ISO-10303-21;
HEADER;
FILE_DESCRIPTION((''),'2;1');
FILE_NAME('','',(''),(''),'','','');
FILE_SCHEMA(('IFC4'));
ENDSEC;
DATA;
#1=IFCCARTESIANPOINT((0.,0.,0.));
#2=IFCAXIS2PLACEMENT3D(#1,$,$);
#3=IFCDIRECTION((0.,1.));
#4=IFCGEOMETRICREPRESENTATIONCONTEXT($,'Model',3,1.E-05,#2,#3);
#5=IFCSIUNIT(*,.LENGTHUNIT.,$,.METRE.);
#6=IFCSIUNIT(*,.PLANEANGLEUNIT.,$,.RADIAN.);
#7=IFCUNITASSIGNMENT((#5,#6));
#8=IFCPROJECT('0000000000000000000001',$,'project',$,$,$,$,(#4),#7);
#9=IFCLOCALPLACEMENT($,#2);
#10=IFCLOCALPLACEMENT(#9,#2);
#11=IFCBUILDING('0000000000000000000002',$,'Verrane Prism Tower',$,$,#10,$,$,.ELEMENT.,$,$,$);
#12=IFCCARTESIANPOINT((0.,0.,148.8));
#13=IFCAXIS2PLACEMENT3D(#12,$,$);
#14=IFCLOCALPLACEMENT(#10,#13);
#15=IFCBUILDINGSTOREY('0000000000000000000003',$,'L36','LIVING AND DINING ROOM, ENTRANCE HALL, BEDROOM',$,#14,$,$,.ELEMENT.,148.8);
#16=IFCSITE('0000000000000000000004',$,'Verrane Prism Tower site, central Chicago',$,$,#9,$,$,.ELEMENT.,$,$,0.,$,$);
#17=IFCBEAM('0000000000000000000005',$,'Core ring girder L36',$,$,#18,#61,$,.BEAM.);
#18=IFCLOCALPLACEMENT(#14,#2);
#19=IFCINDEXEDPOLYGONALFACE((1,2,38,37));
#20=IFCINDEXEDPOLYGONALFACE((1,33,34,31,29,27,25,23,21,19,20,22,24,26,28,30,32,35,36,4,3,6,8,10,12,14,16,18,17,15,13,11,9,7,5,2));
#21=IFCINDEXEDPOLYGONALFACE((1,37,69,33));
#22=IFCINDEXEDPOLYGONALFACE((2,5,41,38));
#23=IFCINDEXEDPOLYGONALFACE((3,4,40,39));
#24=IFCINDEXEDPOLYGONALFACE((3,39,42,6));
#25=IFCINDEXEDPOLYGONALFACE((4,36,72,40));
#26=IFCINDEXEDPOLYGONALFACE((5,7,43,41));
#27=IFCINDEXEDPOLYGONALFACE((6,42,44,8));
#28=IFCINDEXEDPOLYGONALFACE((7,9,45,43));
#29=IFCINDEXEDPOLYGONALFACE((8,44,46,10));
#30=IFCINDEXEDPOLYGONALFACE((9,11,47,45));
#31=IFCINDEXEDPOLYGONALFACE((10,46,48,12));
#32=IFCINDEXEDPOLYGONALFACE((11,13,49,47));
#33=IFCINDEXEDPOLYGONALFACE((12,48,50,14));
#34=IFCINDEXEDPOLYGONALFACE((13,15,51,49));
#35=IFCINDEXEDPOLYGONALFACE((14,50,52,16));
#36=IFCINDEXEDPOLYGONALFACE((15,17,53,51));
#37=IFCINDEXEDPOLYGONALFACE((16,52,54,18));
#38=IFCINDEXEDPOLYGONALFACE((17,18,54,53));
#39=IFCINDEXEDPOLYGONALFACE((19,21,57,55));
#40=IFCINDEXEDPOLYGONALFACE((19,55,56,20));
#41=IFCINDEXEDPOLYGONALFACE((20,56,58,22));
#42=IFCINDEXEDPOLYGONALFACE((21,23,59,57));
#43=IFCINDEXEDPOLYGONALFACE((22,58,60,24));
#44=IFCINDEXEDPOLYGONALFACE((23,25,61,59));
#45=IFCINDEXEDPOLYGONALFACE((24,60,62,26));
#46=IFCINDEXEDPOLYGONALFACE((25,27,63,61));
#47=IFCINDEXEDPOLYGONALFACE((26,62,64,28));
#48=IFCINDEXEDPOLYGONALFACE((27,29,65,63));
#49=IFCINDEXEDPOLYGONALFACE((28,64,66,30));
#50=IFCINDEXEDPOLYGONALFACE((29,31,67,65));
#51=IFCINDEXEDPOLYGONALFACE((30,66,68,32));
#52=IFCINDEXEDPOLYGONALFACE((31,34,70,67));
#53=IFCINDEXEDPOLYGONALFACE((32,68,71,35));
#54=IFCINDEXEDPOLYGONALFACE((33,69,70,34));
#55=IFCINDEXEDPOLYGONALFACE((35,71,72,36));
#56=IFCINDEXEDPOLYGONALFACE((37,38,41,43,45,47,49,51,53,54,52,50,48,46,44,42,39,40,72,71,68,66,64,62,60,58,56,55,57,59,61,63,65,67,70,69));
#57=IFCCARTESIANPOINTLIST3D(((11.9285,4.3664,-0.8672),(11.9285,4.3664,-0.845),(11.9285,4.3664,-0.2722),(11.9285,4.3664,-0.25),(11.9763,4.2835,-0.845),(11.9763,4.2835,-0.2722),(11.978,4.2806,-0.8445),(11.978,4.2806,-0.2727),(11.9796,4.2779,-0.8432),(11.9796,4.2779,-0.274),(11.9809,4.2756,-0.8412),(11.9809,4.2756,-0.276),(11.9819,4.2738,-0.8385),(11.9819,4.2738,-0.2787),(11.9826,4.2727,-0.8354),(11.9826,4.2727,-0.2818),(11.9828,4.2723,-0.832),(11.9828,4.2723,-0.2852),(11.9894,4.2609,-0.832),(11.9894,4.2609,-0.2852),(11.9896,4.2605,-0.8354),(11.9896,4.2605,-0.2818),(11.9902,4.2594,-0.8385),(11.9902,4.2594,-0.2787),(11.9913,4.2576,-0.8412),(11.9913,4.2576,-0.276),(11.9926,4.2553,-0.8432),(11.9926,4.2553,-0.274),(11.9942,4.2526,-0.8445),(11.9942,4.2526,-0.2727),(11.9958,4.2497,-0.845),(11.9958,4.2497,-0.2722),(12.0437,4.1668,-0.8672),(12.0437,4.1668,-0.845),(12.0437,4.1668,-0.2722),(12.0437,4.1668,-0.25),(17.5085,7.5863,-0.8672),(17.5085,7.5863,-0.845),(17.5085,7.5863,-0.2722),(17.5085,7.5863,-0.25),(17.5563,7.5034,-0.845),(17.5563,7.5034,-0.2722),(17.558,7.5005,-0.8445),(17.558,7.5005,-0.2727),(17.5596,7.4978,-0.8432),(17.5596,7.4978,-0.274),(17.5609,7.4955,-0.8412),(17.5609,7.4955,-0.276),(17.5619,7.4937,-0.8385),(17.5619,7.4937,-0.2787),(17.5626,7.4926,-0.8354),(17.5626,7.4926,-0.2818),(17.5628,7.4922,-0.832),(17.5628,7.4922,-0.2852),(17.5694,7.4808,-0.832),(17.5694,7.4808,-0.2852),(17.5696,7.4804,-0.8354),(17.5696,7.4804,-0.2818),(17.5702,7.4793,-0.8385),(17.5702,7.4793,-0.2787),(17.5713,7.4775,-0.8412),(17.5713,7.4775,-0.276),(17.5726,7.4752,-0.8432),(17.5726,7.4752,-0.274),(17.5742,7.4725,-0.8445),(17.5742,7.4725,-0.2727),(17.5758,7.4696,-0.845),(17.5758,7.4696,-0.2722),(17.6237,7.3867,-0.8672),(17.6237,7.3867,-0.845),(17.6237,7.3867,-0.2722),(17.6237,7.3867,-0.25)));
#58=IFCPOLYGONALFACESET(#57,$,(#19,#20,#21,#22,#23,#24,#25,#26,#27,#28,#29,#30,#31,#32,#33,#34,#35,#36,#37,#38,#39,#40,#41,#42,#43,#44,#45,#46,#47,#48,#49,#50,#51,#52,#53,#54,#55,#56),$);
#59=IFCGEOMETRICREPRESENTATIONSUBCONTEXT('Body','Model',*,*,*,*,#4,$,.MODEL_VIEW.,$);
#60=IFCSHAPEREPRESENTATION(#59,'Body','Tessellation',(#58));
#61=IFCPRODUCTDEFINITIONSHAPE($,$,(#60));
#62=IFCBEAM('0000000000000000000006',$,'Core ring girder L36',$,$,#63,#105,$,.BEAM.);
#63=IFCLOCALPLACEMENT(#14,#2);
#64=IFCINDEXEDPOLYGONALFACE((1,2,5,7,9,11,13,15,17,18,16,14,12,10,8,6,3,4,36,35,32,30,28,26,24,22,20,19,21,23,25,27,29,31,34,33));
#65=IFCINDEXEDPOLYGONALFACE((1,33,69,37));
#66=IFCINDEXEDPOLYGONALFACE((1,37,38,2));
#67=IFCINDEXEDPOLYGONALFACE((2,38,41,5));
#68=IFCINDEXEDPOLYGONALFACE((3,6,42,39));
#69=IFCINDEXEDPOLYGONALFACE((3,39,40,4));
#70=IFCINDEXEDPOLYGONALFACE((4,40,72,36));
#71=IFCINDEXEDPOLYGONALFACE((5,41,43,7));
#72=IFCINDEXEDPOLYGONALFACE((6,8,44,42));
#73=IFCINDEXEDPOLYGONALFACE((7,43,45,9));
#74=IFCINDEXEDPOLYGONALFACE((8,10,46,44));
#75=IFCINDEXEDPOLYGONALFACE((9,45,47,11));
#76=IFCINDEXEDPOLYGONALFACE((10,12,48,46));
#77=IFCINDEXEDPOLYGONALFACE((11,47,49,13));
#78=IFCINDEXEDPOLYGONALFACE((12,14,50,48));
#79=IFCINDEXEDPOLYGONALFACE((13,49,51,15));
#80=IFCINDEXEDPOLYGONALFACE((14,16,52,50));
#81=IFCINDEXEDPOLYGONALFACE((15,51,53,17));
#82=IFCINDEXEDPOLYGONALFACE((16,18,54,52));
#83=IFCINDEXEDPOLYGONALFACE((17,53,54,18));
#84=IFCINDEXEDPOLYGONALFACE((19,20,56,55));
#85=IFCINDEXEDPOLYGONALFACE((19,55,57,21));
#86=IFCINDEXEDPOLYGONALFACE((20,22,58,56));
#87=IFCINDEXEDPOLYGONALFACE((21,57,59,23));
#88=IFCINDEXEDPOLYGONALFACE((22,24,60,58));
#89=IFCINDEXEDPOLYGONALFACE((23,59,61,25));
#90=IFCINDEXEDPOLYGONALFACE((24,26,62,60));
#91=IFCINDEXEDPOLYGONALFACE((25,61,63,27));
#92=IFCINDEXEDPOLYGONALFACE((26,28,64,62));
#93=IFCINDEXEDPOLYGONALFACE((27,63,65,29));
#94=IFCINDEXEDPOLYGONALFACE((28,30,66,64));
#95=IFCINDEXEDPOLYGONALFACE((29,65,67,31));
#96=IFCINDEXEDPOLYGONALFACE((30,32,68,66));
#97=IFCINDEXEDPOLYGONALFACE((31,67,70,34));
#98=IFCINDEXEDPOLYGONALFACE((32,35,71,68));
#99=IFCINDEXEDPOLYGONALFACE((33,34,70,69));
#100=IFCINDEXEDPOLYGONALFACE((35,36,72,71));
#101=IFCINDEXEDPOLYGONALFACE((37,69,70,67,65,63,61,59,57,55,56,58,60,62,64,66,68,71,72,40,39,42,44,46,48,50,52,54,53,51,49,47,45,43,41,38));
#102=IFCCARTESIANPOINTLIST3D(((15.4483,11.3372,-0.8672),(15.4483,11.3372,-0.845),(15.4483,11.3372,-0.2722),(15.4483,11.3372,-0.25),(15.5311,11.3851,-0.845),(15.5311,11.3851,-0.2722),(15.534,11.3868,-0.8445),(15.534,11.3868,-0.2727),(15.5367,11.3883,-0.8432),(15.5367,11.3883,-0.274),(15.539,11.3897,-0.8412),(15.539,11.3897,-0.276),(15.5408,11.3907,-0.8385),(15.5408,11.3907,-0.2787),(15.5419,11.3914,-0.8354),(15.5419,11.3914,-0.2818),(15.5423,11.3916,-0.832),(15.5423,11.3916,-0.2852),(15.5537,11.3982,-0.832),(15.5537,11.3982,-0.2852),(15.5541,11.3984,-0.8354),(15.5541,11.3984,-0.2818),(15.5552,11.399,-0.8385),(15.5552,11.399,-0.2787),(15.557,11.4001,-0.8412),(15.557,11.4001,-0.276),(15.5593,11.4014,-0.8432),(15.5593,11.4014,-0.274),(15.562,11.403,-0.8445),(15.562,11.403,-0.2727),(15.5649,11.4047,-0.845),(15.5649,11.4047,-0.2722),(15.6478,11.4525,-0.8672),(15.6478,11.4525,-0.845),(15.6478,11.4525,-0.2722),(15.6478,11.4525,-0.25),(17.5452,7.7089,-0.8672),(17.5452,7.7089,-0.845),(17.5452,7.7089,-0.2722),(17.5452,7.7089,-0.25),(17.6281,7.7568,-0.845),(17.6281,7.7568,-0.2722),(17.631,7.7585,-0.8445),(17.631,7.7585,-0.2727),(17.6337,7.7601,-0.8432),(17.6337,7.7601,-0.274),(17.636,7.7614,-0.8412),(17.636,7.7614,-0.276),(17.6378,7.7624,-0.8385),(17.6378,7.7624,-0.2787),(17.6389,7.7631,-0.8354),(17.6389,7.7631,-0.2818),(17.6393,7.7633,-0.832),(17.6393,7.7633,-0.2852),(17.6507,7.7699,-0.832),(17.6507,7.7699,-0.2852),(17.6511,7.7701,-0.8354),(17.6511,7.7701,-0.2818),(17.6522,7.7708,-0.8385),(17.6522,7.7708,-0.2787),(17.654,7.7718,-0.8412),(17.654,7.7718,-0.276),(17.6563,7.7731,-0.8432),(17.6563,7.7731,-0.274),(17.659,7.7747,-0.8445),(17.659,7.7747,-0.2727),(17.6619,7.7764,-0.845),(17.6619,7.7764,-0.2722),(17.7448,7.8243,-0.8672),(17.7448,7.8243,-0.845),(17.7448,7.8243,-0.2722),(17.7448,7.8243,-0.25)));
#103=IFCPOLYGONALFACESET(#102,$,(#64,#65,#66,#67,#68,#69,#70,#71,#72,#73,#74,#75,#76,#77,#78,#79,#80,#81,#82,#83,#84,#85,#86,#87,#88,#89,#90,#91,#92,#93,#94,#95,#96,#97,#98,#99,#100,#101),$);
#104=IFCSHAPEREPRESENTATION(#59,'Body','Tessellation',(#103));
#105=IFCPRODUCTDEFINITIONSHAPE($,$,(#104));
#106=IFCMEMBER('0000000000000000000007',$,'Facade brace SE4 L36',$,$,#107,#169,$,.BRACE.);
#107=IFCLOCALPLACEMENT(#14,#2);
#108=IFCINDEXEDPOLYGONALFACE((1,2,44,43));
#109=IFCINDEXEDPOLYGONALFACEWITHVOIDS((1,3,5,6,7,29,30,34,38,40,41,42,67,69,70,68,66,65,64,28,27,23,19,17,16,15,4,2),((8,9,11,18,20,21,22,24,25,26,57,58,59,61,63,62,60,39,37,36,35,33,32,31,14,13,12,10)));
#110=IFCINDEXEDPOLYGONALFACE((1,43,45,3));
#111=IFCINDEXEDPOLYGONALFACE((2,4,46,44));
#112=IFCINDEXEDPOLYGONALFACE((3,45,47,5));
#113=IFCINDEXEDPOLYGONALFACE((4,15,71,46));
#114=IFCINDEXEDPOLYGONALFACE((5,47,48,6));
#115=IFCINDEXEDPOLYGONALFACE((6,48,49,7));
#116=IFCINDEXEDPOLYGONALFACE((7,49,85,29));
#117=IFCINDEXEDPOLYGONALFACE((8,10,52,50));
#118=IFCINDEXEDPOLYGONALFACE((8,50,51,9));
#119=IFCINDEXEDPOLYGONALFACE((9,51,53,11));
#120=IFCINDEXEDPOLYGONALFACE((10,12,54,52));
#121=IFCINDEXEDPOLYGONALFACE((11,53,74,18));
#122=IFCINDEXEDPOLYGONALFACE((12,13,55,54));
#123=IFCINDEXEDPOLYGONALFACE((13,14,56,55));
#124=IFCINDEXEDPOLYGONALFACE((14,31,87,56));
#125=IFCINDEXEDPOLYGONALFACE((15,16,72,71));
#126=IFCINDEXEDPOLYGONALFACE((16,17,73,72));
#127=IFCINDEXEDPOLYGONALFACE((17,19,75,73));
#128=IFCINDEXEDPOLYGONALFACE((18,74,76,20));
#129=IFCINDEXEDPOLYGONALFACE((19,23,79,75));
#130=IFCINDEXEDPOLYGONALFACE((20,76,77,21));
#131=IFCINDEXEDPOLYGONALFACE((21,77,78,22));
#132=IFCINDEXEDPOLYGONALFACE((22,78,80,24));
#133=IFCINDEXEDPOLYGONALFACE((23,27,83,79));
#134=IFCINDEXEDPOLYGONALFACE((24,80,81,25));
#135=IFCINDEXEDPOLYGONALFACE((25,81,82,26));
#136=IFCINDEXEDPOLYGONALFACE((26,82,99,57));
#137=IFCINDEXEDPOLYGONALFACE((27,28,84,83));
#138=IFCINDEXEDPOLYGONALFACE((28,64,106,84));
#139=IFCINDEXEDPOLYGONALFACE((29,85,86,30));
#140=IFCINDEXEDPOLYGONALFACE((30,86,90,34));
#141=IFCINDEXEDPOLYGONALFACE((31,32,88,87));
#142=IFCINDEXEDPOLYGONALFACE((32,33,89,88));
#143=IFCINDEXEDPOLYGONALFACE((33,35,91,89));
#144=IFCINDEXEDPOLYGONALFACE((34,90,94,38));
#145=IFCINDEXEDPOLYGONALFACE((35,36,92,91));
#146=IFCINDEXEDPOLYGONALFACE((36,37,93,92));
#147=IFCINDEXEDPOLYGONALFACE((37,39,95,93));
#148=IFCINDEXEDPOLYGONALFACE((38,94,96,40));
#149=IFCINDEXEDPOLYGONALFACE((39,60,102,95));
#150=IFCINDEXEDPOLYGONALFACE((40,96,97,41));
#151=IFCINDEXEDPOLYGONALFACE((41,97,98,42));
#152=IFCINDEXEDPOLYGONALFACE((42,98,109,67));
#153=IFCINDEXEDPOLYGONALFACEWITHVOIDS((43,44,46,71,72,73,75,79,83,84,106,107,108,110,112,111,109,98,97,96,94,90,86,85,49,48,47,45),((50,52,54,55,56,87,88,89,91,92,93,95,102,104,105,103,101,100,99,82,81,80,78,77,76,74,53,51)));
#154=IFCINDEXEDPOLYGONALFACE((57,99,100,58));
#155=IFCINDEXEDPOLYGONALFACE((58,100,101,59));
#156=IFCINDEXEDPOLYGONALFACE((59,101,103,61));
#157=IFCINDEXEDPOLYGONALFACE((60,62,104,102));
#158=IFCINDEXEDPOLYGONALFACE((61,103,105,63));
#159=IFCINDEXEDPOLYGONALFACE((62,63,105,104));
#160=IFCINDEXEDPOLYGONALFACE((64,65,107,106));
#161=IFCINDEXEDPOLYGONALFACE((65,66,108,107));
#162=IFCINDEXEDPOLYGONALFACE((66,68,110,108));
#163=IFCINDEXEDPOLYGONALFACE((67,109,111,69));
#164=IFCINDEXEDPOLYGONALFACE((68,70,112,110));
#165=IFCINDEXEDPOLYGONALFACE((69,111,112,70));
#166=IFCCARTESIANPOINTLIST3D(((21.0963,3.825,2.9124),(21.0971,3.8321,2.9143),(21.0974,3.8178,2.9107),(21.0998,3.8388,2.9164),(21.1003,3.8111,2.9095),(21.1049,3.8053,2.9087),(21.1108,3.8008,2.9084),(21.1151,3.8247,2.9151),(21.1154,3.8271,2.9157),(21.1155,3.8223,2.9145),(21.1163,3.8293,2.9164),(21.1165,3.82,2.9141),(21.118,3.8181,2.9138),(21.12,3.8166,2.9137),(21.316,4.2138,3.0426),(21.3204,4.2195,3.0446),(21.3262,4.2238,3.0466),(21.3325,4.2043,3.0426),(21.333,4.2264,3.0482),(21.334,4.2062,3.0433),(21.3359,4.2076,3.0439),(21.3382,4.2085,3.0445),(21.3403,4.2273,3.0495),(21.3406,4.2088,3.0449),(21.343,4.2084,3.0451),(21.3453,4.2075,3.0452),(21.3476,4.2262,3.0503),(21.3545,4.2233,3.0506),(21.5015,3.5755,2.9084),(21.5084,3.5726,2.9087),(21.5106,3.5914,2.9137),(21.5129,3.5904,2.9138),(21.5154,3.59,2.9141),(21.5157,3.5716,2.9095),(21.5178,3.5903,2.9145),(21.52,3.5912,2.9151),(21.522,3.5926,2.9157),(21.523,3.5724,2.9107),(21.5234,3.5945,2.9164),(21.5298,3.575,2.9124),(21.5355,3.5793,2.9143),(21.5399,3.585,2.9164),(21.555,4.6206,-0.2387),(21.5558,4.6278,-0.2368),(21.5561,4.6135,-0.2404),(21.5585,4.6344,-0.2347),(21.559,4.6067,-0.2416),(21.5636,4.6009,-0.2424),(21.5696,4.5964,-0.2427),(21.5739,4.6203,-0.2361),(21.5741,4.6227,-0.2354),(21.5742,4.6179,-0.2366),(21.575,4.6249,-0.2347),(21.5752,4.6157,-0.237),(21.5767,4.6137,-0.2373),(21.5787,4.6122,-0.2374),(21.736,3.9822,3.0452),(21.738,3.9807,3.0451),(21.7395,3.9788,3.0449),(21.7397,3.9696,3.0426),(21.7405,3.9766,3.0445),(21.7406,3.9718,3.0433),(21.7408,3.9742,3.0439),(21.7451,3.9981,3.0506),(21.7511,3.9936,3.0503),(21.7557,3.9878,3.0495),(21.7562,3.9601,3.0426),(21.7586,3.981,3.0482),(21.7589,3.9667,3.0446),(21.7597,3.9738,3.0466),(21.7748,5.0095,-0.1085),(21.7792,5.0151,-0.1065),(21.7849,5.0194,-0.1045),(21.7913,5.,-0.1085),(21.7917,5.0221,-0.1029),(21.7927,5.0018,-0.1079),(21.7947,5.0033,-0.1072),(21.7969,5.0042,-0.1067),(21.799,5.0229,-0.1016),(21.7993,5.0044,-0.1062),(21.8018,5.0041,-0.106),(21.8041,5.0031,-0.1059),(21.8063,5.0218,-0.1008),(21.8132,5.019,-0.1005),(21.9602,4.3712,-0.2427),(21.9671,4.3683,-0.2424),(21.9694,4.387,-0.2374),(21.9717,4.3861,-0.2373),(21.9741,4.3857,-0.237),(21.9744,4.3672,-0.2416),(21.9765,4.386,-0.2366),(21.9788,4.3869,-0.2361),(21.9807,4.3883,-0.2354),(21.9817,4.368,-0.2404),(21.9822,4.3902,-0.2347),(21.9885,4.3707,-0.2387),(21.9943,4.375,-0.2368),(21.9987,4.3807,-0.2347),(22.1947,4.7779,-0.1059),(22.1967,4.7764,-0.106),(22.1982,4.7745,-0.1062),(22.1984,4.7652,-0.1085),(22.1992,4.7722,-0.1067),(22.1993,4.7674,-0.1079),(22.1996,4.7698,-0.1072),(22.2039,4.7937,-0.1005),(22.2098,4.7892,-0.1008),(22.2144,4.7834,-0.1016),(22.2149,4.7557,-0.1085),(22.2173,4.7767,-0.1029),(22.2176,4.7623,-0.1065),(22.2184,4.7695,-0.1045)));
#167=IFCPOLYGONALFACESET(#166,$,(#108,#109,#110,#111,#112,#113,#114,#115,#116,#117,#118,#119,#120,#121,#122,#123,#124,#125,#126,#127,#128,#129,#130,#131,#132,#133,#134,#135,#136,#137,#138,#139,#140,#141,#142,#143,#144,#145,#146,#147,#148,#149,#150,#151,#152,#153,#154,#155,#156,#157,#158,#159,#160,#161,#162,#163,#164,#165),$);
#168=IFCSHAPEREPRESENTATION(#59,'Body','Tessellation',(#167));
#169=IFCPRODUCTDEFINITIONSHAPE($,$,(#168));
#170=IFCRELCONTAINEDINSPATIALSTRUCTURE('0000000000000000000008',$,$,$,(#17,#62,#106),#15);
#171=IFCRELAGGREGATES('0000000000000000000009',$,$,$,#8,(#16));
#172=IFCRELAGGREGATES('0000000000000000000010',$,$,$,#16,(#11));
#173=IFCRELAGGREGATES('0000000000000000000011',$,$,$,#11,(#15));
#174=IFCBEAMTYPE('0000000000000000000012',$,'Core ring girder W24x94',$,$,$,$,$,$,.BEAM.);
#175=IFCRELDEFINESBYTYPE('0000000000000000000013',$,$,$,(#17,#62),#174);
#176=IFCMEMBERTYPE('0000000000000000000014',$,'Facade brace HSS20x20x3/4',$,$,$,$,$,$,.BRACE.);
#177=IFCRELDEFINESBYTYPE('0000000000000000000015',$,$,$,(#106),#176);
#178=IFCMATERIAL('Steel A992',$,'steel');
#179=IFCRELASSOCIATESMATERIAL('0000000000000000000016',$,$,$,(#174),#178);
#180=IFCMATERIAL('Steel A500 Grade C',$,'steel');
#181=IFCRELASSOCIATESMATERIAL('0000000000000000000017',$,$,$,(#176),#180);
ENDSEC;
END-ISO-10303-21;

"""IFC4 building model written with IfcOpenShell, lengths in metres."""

from ifc_helpers import new_model, si_unit, direction, frame, origin, origin_2d, place, context, subcontext, project, spatial, hollow_rectangle, i_section, extrude, material, material_profile, profile_set, type_object, element, save


model = new_model("IFC4")

# Units and contexts
model_context = context("Model", 3, precision=1e-05, world=origin(), true_north=direction((0.0, 1.0)))
body_context = subcontext(model_context, "Body", "Model", "MODEL_VIEW")
ifc_project = project(units=[si_unit("LENGTHUNIT", "METRE"), si_unit("PLANEANGLEUNIT", "RADIAN")], contexts=[model_context])

# Site, building, storey
site_placement = place(None, origin())
site = spatial("IfcSite", under=ifc_project, at=site_placement, Name="Verrane Prism Tower site, central Chicago", CompositionType="ELEMENT", RefElevation=0.0)
building_placement = place(site_placement, origin())
building = spatial("IfcBuilding", under=site, at=building_placement, Name="Verrane Prism Tower", CompositionType="ELEMENT")
storey_placement = place(building_placement, frame((0.0, 0.0, 148.8)))
storey = spatial("IfcBuildingStorey", under=building, at=storey_placement, Name="L36", Description="LIVING AND DINING ROOM, ENTRANCE HALL, BEDROOM", CompositionType="ELEMENT", Elevation=148.8)

# Beams
ifc_material_1 = material(Name="Steel A992", Category="steel")
ifc_material_profile_1 = material_profile(ifc_material_1, i_section(OverallWidth=0.2305, OverallDepth=0.6172, WebThickness=0.0132, FlangeThickness=0.0222, FilletRadius=0.0129, at=origin_2d()), Name="W24x94")
ifc_profile_set_1 = profile_set([ifc_material_profile_1], Name="Steel A992")
beam_type_1 = type_object("IfcBeamType", Name="Core ring girder W24x94", PredefinedType="BEAM", material=ifc_profile_set_1)
beam_1_placement = place(storey_placement, frame((11.9861, 4.2666, -0.5586), z_axis=(0.866139, 0.499803, 0.0), x_axis=(-0.499803, 0.866139, 0.0)))
element("IfcBeam", 1, at=beam_1_placement, inside=storey, type_object=beam_type_1, Name="Core ring girder L36", PredefinedType="BEAM", context=body_context, shape_type="SweptSolid", body=[
    extrude(i_section(OverallWidth=0.2305, OverallDepth=0.6172, WebThickness=0.0132, FlangeThickness=0.0222, FilletRadius=0.0129, at=origin_2d()), origin(), (0.0, 0.0, 1.0), 6.4424),
])
beam_2_placement = place(storey_placement, frame((17.645, 7.7666, -0.5586), z_axis=(-0.500393, 0.865798, 0.0), x_axis=(-0.865798, -0.500393, 0.0)))
element("IfcBeam", 2, at=beam_2_placement, inside=storey, type_object=beam_type_1, Name="Core ring girder L36", PredefinedType="BEAM", context=body_context, shape_type="SweptSolid", body=[
    extrude(i_section(OverallWidth=0.2305, OverallDepth=0.6172, WebThickness=0.0132, FlangeThickness=0.0222, FilletRadius=0.0129, at=origin_2d()), origin(), (0.0, 0.0, 1.0), 4.1907),
])

# Member
ifc_material_2 = material(Name="Steel A500 Grade C", Category="steel")
ifc_material_profile_2 = material_profile(ifc_material_2, hollow_rectangle(XDim=0.5081, YDim=0.5081, WallThickness=0.019, InnerFilletRadius=0.0095, OuterFilletRadius=0.0286, at=origin_2d()), Name="HSS20x20x3/4")
ifc_profile_set_2 = profile_set([ifc_material_profile_2], Name="Steel A500 Grade C")
member_type_1 = type_object("IfcMemberType", Name="Facade brace HSS20x20x3/4", PredefinedType="BRACE", material=ifc_profile_set_2)
member_1_placement = place(storey_placement, frame((21.8867, 4.6951, -0.1716), z_axis=(-0.139764, -0.242412, 0.960053), x_axis=(0.866323, -0.499485, 0.0)))
element("IfcMember", 3, at=member_1_placement, inside=storey, type_object=member_type_1, Name="Facade brace SE4 L36", PredefinedType="BRACE", context=body_context, shape_type="SweptSolid", body=[
    extrude(hollow_rectangle(XDim=0.5081, YDim=0.5081, WallThickness=0.019, InnerFilletRadius=0.0095, OuterFilletRadius=0.0286, at=origin_2d()), origin(), (0.0, 0.0, 1.0), 3.2822),
])

save(model, "model.ifc")
